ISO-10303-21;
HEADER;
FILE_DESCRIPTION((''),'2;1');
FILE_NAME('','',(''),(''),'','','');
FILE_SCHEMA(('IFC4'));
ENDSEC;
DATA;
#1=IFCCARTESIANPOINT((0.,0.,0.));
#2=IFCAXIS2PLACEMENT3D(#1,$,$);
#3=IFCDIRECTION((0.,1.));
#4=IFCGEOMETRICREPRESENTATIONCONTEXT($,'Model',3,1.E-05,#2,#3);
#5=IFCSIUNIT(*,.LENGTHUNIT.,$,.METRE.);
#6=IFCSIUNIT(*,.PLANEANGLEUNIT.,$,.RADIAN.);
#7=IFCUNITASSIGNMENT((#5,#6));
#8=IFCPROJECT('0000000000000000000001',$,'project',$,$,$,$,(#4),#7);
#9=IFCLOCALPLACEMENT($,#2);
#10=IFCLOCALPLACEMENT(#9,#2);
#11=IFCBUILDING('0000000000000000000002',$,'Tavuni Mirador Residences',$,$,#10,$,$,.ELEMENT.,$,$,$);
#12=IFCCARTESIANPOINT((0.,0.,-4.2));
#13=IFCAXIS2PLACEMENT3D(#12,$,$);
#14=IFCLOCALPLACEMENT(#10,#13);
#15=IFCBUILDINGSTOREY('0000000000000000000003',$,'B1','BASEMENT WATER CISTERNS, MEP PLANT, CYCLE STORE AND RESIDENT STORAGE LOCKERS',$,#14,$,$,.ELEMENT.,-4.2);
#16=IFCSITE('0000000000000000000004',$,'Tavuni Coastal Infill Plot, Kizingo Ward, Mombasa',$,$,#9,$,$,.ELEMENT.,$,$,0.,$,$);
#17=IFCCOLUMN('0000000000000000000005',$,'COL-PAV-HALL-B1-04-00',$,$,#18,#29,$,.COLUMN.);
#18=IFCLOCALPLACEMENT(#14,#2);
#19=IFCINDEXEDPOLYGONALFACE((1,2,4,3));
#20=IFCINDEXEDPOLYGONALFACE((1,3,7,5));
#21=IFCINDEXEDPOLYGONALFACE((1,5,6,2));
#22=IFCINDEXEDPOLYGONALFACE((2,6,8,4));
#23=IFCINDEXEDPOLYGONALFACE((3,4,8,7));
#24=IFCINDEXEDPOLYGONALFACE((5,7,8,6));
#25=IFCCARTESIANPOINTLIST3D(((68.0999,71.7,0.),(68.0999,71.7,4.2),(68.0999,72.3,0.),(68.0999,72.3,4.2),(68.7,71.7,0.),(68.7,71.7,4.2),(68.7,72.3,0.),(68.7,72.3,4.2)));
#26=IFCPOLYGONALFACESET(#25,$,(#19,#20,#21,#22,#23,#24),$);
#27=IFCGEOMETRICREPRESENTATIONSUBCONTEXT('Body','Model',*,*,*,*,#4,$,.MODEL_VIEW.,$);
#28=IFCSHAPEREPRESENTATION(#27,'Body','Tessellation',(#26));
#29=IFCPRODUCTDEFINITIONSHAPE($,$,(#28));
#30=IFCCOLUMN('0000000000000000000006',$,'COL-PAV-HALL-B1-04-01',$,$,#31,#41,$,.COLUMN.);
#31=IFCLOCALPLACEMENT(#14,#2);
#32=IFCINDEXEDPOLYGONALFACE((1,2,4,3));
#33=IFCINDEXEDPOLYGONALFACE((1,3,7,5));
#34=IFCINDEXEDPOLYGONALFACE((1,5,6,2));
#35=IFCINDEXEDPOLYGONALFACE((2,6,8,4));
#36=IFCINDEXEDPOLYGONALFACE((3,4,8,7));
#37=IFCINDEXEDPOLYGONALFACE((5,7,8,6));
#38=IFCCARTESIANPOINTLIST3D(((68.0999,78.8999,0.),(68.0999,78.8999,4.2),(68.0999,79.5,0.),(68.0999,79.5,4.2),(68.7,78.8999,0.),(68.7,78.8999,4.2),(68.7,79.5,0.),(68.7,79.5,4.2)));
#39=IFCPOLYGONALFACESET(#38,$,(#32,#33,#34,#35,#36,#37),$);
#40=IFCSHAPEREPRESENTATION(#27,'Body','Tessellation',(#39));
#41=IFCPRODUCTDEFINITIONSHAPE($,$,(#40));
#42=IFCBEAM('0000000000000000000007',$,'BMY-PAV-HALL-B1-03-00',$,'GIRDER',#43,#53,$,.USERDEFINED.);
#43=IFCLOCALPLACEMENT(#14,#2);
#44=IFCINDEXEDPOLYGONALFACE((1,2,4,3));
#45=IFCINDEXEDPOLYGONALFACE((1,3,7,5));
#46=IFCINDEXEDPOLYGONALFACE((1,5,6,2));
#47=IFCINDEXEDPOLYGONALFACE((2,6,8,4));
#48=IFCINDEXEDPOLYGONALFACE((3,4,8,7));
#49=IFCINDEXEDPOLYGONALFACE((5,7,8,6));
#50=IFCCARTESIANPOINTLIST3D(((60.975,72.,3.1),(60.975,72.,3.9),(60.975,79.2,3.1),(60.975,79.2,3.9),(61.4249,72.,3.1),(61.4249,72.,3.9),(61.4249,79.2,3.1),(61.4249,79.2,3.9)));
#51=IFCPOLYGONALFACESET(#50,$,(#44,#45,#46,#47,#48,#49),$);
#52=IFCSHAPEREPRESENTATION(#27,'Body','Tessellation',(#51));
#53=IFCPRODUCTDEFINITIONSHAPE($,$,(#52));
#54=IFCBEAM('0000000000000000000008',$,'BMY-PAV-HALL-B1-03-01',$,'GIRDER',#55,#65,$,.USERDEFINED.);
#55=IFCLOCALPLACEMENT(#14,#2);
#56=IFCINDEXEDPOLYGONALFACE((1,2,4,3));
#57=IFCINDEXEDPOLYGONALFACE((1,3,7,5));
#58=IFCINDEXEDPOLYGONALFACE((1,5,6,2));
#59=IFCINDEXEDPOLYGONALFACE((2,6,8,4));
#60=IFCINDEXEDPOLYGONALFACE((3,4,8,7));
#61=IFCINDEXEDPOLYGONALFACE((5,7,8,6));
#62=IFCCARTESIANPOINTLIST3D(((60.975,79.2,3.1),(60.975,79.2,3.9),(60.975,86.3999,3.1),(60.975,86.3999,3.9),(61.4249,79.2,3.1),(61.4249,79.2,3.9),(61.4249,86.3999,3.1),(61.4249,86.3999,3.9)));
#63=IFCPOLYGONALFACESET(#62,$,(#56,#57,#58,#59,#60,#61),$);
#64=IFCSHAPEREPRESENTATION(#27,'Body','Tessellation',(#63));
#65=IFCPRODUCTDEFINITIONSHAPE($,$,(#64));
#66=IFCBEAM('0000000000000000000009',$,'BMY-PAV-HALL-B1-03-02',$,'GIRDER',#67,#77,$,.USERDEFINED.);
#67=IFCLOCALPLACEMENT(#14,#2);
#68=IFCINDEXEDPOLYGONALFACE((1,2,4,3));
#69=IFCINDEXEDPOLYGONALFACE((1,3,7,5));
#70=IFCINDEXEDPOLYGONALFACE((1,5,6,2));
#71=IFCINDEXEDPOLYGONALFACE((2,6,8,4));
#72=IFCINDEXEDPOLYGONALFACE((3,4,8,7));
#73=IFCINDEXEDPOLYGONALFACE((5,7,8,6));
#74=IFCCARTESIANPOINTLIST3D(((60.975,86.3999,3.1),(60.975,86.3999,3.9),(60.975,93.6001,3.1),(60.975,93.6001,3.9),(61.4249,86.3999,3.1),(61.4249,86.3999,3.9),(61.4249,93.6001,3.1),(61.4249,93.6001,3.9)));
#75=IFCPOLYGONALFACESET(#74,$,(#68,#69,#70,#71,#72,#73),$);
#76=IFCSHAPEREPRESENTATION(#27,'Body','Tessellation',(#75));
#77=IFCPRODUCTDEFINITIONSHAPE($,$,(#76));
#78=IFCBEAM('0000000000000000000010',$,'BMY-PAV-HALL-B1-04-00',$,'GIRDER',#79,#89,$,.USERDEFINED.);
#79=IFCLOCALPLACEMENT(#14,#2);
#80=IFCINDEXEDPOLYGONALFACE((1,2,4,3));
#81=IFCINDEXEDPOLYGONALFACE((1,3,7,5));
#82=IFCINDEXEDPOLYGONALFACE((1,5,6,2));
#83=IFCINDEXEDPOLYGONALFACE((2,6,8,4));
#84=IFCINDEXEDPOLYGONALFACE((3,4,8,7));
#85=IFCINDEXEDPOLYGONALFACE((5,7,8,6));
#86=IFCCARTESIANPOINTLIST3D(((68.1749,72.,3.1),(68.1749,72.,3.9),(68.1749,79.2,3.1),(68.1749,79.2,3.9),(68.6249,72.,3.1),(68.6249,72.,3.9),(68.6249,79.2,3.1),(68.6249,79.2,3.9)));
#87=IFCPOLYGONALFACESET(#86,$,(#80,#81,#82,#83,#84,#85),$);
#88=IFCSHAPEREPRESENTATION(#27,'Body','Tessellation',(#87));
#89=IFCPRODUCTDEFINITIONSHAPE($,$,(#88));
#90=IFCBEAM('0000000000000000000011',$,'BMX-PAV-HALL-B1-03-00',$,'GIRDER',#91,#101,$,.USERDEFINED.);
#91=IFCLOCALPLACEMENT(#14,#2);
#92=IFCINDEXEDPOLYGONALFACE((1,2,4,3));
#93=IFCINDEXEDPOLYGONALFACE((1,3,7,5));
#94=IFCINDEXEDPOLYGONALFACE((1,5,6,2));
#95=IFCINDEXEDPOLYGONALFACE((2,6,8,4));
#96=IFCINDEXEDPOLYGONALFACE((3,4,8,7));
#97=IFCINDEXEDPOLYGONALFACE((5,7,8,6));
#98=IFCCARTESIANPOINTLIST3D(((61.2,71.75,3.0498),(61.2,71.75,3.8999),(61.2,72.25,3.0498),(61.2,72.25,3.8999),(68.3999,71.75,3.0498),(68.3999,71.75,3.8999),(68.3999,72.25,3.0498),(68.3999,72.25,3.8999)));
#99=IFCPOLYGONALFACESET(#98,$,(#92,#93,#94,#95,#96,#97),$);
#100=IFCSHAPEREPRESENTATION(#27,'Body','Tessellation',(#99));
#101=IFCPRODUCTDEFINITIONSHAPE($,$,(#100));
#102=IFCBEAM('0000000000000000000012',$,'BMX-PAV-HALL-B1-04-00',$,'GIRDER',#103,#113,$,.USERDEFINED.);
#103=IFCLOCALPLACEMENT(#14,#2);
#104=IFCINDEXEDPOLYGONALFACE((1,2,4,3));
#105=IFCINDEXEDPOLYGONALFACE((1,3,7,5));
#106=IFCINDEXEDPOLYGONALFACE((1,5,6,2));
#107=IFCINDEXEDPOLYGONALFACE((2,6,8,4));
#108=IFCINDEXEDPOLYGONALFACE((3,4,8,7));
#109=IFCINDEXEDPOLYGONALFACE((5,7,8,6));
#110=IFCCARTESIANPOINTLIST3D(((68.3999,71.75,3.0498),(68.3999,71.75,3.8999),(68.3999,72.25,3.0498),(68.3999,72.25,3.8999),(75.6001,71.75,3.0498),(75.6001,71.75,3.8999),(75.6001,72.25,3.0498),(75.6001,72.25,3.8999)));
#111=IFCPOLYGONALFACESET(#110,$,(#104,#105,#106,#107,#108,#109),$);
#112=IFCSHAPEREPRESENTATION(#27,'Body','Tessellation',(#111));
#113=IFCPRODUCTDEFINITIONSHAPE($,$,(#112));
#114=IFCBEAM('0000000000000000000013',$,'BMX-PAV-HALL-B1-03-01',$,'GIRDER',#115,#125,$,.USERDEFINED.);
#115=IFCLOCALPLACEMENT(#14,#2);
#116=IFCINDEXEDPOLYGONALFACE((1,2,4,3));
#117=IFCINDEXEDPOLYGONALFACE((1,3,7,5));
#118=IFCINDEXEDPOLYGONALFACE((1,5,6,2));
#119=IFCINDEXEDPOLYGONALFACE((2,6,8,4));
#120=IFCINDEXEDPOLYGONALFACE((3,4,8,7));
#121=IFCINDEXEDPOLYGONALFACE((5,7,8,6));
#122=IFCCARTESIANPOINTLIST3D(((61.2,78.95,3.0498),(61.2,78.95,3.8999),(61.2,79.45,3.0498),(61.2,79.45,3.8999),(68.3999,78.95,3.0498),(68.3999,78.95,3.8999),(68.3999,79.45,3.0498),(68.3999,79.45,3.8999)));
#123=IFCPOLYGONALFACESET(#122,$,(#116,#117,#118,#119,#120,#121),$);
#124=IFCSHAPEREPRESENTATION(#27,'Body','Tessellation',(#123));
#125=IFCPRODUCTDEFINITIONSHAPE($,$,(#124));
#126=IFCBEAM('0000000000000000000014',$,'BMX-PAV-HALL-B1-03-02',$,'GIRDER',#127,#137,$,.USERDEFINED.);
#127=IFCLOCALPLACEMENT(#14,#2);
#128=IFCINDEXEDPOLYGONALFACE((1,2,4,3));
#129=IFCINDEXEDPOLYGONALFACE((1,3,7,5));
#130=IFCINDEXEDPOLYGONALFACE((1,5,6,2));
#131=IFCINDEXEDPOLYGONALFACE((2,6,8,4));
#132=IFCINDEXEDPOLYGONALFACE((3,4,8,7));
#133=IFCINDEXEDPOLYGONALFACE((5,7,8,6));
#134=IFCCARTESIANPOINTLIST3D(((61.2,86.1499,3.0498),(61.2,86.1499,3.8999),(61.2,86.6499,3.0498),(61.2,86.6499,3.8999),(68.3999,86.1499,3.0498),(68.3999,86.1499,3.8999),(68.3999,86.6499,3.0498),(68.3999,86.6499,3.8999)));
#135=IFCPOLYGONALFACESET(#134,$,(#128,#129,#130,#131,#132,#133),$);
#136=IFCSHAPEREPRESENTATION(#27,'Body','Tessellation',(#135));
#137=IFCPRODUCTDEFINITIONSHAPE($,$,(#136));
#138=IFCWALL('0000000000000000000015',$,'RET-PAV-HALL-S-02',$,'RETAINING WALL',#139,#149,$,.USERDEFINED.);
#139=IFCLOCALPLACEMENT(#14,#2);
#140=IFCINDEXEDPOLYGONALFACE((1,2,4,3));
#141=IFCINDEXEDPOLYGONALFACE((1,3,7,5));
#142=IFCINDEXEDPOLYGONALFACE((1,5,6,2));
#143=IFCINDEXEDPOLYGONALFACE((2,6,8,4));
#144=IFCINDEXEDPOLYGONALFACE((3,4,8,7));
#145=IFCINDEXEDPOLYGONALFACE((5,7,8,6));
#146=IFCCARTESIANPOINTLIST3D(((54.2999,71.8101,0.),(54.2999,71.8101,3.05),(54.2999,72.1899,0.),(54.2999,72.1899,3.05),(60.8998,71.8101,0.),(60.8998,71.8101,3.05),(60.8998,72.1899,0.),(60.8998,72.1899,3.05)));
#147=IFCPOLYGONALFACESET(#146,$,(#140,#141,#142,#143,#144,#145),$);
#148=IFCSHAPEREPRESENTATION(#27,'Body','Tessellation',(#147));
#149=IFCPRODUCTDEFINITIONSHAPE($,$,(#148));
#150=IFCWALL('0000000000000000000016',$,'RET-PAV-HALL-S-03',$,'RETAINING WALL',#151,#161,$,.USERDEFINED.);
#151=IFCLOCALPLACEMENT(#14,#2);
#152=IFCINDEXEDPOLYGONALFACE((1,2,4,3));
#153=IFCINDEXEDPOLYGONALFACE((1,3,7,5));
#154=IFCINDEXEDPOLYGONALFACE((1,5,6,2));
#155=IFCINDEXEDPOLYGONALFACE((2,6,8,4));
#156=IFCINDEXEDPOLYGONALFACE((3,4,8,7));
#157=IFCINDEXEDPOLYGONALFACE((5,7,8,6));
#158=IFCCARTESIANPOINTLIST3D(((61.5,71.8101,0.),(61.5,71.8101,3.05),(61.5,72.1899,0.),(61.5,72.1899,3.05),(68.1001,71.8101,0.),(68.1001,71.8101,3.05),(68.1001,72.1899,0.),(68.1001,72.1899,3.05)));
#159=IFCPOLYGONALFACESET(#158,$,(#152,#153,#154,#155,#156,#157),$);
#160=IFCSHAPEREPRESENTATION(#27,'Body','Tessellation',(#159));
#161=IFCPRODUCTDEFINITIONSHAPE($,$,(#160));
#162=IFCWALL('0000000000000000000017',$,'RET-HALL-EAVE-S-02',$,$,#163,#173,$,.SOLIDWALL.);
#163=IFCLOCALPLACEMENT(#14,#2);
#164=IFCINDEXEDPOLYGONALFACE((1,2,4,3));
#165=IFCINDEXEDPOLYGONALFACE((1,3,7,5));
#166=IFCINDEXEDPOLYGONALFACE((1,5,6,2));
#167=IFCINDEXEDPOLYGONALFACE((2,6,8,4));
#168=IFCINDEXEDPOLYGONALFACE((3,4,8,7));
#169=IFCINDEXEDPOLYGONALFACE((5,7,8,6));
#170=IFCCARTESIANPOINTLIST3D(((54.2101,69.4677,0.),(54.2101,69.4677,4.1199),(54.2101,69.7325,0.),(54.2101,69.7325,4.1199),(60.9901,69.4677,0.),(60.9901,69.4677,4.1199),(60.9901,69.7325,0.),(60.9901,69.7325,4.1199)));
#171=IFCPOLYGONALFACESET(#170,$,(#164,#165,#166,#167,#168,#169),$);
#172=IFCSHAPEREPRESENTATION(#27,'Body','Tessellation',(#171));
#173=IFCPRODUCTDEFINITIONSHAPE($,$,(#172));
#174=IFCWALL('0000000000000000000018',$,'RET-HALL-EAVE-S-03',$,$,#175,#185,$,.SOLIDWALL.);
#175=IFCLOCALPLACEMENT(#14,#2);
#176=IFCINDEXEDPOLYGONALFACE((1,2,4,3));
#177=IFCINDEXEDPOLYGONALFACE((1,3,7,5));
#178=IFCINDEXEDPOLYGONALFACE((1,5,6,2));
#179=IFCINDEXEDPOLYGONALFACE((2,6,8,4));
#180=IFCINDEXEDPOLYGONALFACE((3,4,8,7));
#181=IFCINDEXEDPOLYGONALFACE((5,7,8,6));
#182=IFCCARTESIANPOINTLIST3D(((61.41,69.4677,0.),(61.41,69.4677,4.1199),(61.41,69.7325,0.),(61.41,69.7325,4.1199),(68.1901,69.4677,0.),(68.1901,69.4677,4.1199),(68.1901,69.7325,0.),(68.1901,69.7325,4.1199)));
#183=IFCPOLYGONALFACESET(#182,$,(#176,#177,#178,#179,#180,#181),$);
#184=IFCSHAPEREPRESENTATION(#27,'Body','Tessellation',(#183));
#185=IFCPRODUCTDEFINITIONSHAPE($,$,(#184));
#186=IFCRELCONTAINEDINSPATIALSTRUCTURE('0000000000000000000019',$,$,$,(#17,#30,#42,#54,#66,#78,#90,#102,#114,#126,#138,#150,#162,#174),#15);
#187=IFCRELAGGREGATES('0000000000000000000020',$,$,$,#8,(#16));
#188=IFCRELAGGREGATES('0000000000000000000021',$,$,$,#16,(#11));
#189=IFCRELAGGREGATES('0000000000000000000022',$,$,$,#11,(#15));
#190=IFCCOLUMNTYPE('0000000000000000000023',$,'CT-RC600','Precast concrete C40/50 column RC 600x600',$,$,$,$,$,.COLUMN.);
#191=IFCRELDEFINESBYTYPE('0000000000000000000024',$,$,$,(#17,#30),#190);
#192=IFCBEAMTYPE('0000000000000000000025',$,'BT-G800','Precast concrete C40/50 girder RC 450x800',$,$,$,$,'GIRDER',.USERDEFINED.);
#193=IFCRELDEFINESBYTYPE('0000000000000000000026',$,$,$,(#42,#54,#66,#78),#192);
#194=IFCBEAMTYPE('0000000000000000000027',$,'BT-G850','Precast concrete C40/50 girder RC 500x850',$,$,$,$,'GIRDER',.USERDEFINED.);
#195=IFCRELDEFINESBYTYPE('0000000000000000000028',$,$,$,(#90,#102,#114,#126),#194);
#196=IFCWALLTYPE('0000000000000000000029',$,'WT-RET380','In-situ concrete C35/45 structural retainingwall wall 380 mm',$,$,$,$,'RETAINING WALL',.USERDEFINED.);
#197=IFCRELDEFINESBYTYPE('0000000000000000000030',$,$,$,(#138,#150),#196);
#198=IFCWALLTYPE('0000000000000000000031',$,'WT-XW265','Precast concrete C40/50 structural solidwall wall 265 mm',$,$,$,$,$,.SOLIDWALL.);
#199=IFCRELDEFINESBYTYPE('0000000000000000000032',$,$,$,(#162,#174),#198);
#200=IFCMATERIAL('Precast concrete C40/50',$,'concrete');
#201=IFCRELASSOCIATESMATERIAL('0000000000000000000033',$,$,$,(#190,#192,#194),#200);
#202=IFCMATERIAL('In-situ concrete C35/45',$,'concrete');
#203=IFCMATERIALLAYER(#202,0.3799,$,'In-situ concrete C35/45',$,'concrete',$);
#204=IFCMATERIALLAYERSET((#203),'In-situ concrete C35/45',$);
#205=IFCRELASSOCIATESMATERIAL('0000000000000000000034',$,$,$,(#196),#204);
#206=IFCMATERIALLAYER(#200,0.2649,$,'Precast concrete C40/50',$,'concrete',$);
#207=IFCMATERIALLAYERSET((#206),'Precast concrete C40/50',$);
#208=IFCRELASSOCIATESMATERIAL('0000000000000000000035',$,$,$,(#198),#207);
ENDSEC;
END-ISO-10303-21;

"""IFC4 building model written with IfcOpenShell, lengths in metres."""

from ifc_helpers import new_model, si_unit, direction, frame, frame_2d, origin, origin_2d, place, context, subcontext, project, spatial, rectangle, extrude, material, layer, layer_set, material_profile, profile_set, type_object, element, save


model = new_model("IFC4")

# Units and contexts
model_context = context("Model", 3, precision=1e-05, world=origin(), true_north=direction((0.0, 1.0)))
body_context = subcontext(model_context, "Body", "Model", "MODEL_VIEW")
ifc_project = project(units=[si_unit("LENGTHUNIT", "METRE"), si_unit("PLANEANGLEUNIT", "RADIAN")], contexts=[model_context])

# Site, building, storey
site_placement = place(None, origin())
site = spatial("IfcSite", under=ifc_project, at=site_placement, Name="Tavuni Coastal Infill Plot, Kizingo Ward, Mombasa", CompositionType="ELEMENT", RefElevation=0.0)
building_placement = place(site_placement, origin())
building = spatial("IfcBuilding", under=site, at=building_placement, Name="Tavuni Mirador Residences", CompositionType="ELEMENT")
storey_placement = place(building_placement, frame((0.0, 0.0, -4.2)))
storey = spatial("IfcBuildingStorey", under=building, at=storey_placement, Name="B1", Description="BASEMENT WATER CISTERNS, MEP PLANT, CYCLE STORE AND RESIDENT STORAGE LOCKERS", CompositionType="ELEMENT", Elevation=-4.2)

# Shared definitions
ifc_material_1 = material(Name="In-situ concrete C35/45", Category="concrete")

# Columns
ifc_material_2 = material(Name="Precast concrete C40/50", Category="concrete")
ifc_material_profile_1 = material_profile(ifc_material_2, rectangle(XDim=0.6001, YDim=0.6001, at=origin_2d()), Name="RC 600x600", Category="concrete")
ifc_profile_set_1 = profile_set([ifc_material_profile_1], Name="Precast concrete C40/50")
column_type_1 = type_object("IfcColumnType", Name="CT-RC600", Description="Precast concrete C40/50 column RC 600x600", PredefinedType="COLUMN", material=ifc_profile_set_1)
for number, where, z_axis, x_axis, name in (
    (1, (68.3999, 72.0, 0.0), (0.0, 0.0, 1.0), (1.0, 0.0, 0.0), "COL-PAV-HALL-B1-04-00"),
    (2, (68.3999, 79.2, 0.0), (0.0, 0.0, 1.0), (1.0, 0.0, 0.0), "COL-PAV-HALL-B1-04-01"),
):
    element("IfcColumn", number, at=place(storey_placement, frame(where, z_axis=z_axis, x_axis=x_axis)), inside=storey, type_object=column_type_1, Name=name, PredefinedType="COLUMN", context=body_context, shape_type="SweptSolid", body=[
        extrude(rectangle(XDim=0.6001, YDim=0.6001, at=origin_2d()), origin(), (0.0, 0.0, 1.0), 4.2),
    ])

# Beams
ifc_material_profile_2 = material_profile(ifc_material_2, rectangle(XDim=0.45, YDim=0.8, at=origin_2d()), Name="RC 450x800", Category="concrete")
ifc_profile_set_2 = profile_set([ifc_material_profile_2], Name="Precast concrete C40/50")
beam_type_1 = type_object("IfcBeamType", Name="BT-G800", Description="Precast concrete C40/50 girder RC 450x800", ElementType="GIRDER", PredefinedType="USERDEFINED", material=ifc_profile_set_2)
for number, where, z_axis, x_axis, name in (
    (3, (61.2, 72.0, 3.5), (0.0, 1.0, 0.0), (-1.0, 0.0, 0.0), "BMY-PAV-HALL-B1-03-00"),
    (4, (61.2, 79.2, 3.5), (0.0, 1.0, 0.0), (-1.0, 0.0, 0.0), "BMY-PAV-HALL-B1-03-01"),
):
    element("IfcBeam", number, at=place(storey_placement, frame(where, z_axis=z_axis, x_axis=x_axis)), inside=storey, type_object=beam_type_1, Name=name, ObjectType="GIRDER", PredefinedType="USERDEFINED", context=body_context, shape_type="SweptSolid", body=[
        extrude(rectangle(XDim=0.45, YDim=0.8, at=origin_2d()), origin(), (0.0, 0.0, 1.0), 7.2),
    ])
beam_1_placement = place(storey_placement, frame((61.2, 86.3999, 3.5), z_axis=(0.0, 1.0, 0.0), x_axis=(-1.0, 0.0, 0.0)))
element("IfcBeam", 5, at=beam_1_placement, inside=storey, type_object=beam_type_1, Name="BMY-PAV-HALL-B1-03-02", ObjectType="GIRDER", PredefinedType="USERDEFINED", context=body_context, shape_type="SweptSolid", body=[
    extrude(rectangle(XDim=0.45, YDim=0.8, at=origin_2d()), origin(), (0.0, 0.0, 1.0), 7.2002),
])
beam_2_placement = place(storey_placement, frame((68.3999, 72.0, 3.5), z_axis=(0.0, 1.0, 0.0), x_axis=(-1.0, 0.0, 0.0)))
element("IfcBeam", 6, at=beam_2_placement, inside=storey, type_object=beam_type_1, Name="BMY-PAV-HALL-B1-04-00", ObjectType="GIRDER", PredefinedType="USERDEFINED", context=body_context, shape_type="SweptSolid", body=[
    extrude(rectangle(XDim=0.45, YDim=0.8, at=origin_2d()), origin(), (0.0, 0.0, 1.0), 7.2),
])
ifc_material_profile_3 = material_profile(ifc_material_2, rectangle(XDim=0.5, YDim=0.8501, at=origin_2d()), Name="RC 500x850", Category="concrete")
ifc_profile_set_3 = profile_set([ifc_material_profile_3], Name="Precast concrete C40/50")
beam_type_2 = type_object("IfcBeamType", Name="BT-G850", Description="Precast concrete C40/50 girder RC 500x850", ElementType="GIRDER", PredefinedType="USERDEFINED", material=ifc_profile_set_3)
beam_3_placement = place(storey_placement, frame((61.2, 72.0, 3.4749), z_axis=(1.0, 0.0, 0.0), x_axis=(0.0, 1.0, 0.0)))
element("IfcBeam", 7, at=beam_3_placement, inside=storey, type_object=beam_type_2, Name="BMX-PAV-HALL-B1-03-00", ObjectType="GIRDER", PredefinedType="USERDEFINED", context=body_context, shape_type="SweptSolid", body=[
    extrude(rectangle(XDim=0.5, YDim=0.8501, at=origin_2d()), origin(), (0.0, 0.0, 1.0), 7.2),
])
beam_4_placement = place(storey_placement, frame((68.3999, 72.0, 3.4749), z_axis=(1.0, 0.0, 0.0), x_axis=(0.0, 1.0, 0.0)))
element("IfcBeam", 8, at=beam_4_placement, inside=storey, type_object=beam_type_2, Name="BMX-PAV-HALL-B1-04-00", ObjectType="GIRDER", PredefinedType="USERDEFINED", context=body_context, shape_type="SweptSolid", body=[
    extrude(rectangle(XDim=0.5, YDim=0.8501, at=origin_2d()), origin(), (0.0, 0.0, 1.0), 7.2002),
])
for number, where, z_axis, x_axis, name in (
    (9, (61.2, 79.2, 3.4749), (1.0, 0.0, 0.0), (0.0, 1.0, 0.0), "BMX-PAV-HALL-B1-03-01"),
    (10, (61.2, 86.3999, 3.4749), (1.0, 0.0, 0.0), (0.0, 1.0, 0.0), "BMX-PAV-HALL-B1-03-02"),
):
    element("IfcBeam", number, at=place(storey_placement, frame(where, z_axis=z_axis, x_axis=x_axis)), inside=storey, type_object=beam_type_2, Name=name, ObjectType="GIRDER", PredefinedType="USERDEFINED", context=body_context, shape_type="SweptSolid", body=[
        extrude(rectangle(XDim=0.5, YDim=0.8501, at=origin_2d()), origin(), (0.0, 0.0, 1.0), 7.2),
    ])

# Walls
ifc_layer_1 = layer(ifc_material_1, 0.3799, Name="In-situ concrete C35/45", Category="concrete")
ifc_layer_set_1 = layer_set([ifc_layer_1], Name="In-situ concrete C35/45")
wall_type_1 = type_object("IfcWallType", Name="WT-RET380", Description="In-situ concrete C35/45 structural retainingwall wall 380 mm", ElementType="RETAINING WALL", PredefinedType="USERDEFINED", material=ifc_layer_set_1)
wall_1_placement = place(storey_placement, frame((54.3, 72.0, 0.0), z_axis=(0.0, 0.0, 1.0), x_axis=(1.0, 0.0, 0.0)))
element("IfcWall", 11, at=wall_1_placement, inside=storey, type_object=wall_type_1, Name="RET-PAV-HALL-S-02", ObjectType="RETAINING WALL", PredefinedType="USERDEFINED", context=body_context, shape_type="SweptSolid", body=[
    extrude(rectangle(XDim=6.5999, YDim=0.3799, at=frame_2d((3.2998, 0.0))), origin(), (0.0, 0.0, 1.0), 3.05),
])
wall_2_placement = place(storey_placement, frame((61.5, 72.0, 0.0), z_axis=(0.0, 0.0, 1.0), x_axis=(1.0, 0.0, 0.0)))
element("IfcWall", 12, at=wall_2_placement, inside=storey, type_object=wall_type_1, Name="RET-PAV-HALL-S-03", ObjectType="RETAINING WALL", PredefinedType="USERDEFINED", context=body_context, shape_type="SweptSolid", body=[
    extrude(rectangle(XDim=6.6001, YDim=0.3799, at=frame_2d((3.3, 0.0))), origin(), (0.0, 0.0, 1.0), 3.05),
])
ifc_layer_2 = layer(ifc_material_2, 0.2649, Name="Precast concrete C40/50", Category="concrete")
ifc_layer_set_2 = layer_set([ifc_layer_2], Name="Precast concrete C40/50")
wall_type_2 = type_object("IfcWallType", Name="WT-XW265", Description="Precast concrete C40/50 structural solidwall wall 265 mm", PredefinedType="SOLIDWALL", material=ifc_layer_set_2)
for number, where, z_axis, x_axis, name in (
    (13, (54.21, 69.6001, 0.0), (0.0, 0.0, 1.0), (1.0, 0.0, 0.0), "RET-HALL-EAVE-S-02"),
    (14, (61.4099, 69.6001, 0.0), (0.0, 0.0, 1.0), (1.0, 0.0, 0.0), "RET-HALL-EAVE-S-03"),
):
    element("IfcWall", number, at=place(storey_placement, frame(where, z_axis=z_axis, x_axis=x_axis)), inside=storey, type_object=wall_type_2, Name=name, PredefinedType="SOLIDWALL", context=body_context, shape_type="SweptSolid", body=[
        extrude(rectangle(XDim=6.78, YDim=0.2649, at=frame_2d((3.3901, 0.0))), origin(), (0.0, 0.0, 1.0), 4.1199),
    ])

save(model, "model.ifc")
